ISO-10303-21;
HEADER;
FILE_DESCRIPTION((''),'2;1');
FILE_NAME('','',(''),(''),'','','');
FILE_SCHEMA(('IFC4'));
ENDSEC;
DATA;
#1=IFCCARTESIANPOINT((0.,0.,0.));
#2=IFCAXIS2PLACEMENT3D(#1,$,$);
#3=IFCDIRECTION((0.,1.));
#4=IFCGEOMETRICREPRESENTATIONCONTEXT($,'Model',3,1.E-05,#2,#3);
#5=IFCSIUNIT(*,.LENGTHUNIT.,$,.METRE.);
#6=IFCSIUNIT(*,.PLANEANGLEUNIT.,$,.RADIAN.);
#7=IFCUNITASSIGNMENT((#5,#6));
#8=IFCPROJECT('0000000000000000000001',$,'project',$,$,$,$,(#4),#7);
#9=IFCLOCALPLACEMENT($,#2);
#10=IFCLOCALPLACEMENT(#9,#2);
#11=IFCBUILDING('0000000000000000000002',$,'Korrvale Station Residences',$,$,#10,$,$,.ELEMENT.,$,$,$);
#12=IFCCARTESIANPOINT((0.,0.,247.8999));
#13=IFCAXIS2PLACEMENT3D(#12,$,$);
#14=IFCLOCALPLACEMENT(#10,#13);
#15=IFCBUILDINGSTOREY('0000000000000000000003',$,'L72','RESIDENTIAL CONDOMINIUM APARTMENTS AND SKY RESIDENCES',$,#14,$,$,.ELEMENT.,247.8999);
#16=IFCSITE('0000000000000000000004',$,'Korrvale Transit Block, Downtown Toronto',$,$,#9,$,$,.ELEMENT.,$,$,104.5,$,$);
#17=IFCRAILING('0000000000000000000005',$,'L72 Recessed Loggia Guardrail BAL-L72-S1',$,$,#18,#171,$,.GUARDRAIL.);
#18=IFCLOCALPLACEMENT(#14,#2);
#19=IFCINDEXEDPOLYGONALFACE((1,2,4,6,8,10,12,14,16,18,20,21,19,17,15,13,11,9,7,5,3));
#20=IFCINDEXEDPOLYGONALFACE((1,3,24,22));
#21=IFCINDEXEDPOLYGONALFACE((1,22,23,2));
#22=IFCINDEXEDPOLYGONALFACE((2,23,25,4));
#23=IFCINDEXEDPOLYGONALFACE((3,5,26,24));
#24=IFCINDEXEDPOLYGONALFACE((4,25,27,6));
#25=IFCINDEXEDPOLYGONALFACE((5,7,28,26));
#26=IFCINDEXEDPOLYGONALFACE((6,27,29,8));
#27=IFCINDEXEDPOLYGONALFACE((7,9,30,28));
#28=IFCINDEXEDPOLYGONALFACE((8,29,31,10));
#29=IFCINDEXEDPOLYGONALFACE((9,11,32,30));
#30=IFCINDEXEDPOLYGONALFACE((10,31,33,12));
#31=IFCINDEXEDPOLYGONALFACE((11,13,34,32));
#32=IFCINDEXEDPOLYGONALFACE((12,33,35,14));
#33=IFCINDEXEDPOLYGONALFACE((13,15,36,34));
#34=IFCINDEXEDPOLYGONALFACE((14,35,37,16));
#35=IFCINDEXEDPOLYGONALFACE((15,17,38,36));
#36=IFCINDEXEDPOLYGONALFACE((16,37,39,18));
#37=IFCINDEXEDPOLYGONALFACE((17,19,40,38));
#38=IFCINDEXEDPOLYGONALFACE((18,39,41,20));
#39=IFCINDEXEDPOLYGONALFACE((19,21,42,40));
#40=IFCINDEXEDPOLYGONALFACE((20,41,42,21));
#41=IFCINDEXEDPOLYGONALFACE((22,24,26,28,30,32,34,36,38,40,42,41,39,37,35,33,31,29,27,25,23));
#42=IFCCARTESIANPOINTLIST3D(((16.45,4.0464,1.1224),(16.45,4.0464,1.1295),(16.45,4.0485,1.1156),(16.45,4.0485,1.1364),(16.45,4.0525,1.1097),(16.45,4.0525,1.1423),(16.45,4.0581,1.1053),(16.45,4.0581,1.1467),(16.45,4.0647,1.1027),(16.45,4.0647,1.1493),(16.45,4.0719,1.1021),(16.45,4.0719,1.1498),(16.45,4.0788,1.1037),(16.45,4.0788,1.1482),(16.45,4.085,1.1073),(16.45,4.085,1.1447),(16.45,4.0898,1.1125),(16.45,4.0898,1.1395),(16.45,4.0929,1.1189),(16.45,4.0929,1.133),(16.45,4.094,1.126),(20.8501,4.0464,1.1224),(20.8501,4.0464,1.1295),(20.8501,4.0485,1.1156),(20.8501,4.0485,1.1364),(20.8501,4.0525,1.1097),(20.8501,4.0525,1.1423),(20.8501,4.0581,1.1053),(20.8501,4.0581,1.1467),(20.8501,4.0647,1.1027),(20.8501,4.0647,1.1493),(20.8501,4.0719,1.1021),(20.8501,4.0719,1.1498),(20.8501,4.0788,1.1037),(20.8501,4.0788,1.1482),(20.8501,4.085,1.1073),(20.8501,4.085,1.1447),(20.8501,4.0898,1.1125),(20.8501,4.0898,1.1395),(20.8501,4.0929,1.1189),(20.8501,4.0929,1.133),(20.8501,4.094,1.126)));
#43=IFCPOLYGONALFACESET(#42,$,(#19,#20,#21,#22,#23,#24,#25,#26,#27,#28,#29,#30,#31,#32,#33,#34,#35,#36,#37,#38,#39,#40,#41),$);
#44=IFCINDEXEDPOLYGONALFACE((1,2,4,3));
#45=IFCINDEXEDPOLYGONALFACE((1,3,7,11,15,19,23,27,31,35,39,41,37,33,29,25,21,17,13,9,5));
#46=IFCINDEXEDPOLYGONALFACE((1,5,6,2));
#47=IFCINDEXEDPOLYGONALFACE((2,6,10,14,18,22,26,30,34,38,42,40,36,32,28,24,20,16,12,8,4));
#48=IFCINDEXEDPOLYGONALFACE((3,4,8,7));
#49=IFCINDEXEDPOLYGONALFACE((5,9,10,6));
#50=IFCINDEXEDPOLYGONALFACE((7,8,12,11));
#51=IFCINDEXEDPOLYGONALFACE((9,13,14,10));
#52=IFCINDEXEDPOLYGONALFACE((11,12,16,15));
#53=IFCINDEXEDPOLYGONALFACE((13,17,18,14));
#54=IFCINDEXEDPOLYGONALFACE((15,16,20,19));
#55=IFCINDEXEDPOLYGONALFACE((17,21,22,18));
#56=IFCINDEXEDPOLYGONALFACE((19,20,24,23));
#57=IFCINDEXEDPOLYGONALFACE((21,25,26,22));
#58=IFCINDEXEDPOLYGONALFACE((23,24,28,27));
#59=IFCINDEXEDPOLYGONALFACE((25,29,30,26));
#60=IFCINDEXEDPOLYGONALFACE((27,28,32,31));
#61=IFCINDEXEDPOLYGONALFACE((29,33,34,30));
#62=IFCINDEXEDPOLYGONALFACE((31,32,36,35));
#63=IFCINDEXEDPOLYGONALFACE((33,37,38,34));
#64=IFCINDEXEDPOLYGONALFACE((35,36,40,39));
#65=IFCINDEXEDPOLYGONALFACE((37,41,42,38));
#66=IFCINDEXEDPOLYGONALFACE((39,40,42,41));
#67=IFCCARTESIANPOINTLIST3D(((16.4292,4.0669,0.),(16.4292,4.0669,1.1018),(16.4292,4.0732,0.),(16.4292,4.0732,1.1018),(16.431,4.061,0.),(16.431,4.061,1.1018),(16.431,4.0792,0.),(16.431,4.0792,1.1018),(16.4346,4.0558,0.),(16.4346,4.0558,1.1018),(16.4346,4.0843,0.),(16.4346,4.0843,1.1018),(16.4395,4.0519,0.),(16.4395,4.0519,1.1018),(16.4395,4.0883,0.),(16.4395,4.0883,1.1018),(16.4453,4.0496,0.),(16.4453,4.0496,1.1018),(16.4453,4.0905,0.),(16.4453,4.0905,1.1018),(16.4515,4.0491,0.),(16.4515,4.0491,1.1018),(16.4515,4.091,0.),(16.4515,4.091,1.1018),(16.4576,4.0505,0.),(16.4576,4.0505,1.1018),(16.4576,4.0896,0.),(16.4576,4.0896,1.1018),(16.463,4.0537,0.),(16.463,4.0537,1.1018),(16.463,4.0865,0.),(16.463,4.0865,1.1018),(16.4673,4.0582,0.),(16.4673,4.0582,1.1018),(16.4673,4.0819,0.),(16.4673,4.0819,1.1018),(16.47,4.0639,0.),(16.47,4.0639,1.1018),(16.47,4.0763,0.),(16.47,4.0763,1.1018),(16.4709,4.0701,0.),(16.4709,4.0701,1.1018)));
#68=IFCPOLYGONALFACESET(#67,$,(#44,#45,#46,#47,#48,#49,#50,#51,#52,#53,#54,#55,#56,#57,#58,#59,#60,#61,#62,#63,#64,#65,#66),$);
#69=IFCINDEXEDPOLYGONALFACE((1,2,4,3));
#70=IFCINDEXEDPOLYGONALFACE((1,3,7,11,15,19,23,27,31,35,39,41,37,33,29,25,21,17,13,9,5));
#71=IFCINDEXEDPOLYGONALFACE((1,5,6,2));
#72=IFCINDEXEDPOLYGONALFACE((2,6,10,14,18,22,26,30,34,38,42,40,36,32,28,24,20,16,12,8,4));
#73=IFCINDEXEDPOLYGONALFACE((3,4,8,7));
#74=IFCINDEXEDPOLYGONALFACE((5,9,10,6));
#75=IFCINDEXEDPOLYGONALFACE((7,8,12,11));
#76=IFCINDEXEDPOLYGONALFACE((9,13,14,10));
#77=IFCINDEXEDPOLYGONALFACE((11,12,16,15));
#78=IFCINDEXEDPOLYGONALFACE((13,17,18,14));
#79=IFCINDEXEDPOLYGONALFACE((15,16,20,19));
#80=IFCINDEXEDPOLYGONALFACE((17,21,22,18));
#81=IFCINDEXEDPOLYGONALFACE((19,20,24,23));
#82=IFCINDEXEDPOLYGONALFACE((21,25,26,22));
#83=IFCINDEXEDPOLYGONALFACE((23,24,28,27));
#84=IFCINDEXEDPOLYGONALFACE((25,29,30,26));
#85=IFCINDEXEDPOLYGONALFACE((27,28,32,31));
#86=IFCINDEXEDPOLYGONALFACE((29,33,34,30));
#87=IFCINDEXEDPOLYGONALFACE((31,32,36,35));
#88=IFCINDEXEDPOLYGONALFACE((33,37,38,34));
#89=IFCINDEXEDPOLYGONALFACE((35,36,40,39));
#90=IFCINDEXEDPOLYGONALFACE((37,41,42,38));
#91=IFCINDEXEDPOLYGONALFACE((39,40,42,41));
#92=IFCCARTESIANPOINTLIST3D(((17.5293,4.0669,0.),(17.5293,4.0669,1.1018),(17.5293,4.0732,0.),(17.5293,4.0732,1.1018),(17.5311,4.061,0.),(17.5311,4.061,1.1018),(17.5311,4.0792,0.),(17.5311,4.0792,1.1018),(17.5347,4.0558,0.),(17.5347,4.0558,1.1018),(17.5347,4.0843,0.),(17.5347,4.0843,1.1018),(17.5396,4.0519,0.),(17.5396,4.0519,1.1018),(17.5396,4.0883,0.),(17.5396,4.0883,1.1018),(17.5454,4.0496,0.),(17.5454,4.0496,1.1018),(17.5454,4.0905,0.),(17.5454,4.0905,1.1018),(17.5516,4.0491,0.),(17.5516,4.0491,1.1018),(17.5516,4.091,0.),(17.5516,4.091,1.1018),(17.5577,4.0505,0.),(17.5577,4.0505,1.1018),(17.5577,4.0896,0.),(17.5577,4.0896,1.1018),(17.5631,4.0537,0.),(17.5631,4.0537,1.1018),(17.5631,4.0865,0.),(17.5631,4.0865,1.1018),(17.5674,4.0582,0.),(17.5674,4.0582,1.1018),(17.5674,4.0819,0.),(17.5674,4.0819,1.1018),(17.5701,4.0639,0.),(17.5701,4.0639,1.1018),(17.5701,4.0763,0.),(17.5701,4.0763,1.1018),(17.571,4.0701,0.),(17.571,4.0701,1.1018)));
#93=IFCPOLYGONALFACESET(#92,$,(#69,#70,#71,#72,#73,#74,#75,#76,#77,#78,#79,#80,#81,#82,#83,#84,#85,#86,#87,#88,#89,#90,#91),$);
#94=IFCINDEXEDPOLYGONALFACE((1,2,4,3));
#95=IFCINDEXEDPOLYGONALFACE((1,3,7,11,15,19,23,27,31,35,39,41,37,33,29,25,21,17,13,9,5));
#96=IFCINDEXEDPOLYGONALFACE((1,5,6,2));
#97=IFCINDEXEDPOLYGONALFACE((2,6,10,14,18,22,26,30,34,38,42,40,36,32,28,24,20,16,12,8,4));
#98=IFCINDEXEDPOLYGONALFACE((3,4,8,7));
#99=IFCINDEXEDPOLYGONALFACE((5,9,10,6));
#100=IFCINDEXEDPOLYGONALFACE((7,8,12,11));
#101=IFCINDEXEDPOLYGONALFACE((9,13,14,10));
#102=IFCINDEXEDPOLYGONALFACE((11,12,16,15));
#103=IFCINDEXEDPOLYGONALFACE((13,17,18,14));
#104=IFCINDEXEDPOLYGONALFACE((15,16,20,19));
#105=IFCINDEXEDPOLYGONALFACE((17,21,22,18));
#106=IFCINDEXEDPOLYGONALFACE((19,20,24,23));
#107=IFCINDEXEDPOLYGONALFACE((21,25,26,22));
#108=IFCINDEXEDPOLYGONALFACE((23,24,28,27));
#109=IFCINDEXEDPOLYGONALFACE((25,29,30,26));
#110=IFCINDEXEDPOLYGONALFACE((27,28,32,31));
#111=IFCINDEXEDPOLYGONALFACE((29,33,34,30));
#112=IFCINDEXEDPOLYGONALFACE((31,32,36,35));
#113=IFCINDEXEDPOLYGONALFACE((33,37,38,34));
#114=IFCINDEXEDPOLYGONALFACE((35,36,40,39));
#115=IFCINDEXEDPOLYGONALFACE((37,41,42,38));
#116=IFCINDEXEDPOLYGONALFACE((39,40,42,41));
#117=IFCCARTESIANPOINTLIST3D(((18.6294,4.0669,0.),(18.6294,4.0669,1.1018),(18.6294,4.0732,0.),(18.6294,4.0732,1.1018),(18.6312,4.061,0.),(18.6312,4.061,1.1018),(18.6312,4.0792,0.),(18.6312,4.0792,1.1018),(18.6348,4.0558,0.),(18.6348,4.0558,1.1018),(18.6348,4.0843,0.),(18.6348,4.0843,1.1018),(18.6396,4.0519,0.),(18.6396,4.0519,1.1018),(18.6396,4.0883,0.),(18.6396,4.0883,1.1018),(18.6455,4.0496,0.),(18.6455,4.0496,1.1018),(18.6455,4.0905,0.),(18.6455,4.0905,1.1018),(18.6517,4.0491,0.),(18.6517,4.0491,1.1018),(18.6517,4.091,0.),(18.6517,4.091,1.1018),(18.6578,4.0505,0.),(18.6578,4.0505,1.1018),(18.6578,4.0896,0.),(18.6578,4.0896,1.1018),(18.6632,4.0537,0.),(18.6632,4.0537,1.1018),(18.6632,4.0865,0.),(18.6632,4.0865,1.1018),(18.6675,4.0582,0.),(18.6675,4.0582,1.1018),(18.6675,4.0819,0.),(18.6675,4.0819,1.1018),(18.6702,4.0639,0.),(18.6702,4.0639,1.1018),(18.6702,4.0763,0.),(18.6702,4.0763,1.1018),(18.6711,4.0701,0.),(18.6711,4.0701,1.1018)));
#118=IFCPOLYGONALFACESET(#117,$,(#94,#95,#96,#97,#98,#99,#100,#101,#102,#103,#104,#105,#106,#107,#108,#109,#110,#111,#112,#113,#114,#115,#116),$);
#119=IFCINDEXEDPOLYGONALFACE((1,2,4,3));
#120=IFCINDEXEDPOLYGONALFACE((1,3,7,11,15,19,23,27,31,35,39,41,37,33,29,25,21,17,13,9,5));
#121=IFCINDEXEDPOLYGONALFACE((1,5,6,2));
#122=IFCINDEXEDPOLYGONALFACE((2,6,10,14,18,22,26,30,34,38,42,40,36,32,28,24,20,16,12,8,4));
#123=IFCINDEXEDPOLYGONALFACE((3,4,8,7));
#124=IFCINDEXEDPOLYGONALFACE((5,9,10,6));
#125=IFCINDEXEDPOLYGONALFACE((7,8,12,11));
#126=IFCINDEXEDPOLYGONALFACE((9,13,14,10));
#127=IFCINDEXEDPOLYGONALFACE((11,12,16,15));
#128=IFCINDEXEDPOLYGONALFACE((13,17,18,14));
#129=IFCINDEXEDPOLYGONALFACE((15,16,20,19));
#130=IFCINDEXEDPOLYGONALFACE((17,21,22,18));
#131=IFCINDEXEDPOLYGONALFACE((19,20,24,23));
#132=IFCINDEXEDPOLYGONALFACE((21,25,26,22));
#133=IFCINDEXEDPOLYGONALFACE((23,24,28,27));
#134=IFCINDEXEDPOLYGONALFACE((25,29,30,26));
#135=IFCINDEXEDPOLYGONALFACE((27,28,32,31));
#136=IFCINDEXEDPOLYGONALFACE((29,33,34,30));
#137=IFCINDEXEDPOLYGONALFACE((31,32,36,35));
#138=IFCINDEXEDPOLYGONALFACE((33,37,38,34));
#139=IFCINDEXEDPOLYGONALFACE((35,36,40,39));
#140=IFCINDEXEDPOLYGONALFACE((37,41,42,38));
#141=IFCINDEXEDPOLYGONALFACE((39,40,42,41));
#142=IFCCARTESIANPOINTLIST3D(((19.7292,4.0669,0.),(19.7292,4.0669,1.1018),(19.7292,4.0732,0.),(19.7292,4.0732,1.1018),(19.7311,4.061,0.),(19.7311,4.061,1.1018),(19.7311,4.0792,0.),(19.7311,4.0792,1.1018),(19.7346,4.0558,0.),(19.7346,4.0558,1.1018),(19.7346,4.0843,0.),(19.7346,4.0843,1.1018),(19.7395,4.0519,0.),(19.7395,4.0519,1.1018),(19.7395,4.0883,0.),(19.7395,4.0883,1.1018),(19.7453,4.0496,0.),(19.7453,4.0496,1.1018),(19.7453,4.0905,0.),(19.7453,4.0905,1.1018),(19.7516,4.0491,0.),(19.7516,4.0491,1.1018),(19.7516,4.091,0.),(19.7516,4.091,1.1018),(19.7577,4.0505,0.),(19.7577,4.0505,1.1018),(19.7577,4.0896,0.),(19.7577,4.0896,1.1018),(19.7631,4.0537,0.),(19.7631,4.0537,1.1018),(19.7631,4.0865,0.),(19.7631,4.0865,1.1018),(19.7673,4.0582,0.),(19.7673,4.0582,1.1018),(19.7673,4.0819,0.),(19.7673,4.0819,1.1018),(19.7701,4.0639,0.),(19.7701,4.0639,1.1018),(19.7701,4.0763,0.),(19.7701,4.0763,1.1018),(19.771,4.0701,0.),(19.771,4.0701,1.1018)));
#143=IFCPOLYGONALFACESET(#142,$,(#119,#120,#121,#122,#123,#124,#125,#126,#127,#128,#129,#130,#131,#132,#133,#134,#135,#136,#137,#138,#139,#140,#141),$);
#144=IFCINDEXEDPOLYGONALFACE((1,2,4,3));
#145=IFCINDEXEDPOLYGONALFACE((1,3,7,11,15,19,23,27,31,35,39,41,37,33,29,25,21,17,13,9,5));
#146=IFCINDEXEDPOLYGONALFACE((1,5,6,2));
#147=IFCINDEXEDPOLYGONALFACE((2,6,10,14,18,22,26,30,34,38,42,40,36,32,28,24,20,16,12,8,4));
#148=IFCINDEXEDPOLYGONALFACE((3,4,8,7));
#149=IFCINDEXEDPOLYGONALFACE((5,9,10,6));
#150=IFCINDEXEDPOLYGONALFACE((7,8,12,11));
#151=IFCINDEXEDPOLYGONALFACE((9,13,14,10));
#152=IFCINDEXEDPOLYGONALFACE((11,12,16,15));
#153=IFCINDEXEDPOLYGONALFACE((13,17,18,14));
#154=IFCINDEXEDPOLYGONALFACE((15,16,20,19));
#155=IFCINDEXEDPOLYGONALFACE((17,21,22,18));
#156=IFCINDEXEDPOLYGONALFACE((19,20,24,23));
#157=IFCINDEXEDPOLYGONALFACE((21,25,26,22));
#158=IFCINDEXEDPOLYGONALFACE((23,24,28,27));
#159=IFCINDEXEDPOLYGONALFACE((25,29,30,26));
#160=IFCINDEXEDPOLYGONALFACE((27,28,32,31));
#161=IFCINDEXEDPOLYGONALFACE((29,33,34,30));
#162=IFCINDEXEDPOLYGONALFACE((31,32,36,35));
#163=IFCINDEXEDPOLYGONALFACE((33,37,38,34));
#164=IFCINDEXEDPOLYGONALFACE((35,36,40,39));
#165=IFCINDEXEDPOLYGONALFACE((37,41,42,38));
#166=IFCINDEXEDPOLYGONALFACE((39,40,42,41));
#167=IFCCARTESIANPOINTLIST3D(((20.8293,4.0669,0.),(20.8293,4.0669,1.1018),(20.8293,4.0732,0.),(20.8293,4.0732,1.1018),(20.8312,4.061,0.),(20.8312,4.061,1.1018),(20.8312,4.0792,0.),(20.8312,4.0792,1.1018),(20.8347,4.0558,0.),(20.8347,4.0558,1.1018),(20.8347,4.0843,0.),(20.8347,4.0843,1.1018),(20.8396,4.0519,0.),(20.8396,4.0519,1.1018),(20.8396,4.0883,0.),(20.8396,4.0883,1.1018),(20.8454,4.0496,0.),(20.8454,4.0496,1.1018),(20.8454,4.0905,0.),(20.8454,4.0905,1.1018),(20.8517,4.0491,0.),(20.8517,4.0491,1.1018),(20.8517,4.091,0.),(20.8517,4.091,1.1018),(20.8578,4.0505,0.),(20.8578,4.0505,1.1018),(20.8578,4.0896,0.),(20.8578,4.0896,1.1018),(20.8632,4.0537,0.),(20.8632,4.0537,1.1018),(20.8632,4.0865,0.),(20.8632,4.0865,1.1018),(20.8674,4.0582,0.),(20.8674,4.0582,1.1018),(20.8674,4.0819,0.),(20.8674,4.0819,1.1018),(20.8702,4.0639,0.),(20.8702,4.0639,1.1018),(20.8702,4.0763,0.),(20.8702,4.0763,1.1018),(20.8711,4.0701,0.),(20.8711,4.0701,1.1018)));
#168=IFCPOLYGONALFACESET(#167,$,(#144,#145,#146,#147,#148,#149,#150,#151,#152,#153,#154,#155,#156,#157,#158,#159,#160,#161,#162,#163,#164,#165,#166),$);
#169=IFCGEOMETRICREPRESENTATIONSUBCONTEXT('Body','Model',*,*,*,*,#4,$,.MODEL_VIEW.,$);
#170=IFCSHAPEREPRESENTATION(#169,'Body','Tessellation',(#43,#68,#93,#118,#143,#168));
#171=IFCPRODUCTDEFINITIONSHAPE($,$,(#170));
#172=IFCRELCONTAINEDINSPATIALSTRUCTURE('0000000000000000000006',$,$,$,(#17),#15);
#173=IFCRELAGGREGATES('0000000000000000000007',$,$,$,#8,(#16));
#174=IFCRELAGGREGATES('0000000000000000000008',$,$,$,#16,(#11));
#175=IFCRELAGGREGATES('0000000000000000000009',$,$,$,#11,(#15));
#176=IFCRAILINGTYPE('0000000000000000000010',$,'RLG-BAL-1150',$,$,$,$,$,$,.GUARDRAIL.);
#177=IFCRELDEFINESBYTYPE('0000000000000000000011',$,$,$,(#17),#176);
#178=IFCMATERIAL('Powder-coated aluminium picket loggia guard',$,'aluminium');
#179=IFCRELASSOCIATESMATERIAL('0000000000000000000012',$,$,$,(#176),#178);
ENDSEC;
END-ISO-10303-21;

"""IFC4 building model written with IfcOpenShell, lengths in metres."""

from ifc_helpers import new_model, si_unit, direction, frame, origin, origin_2d, place, context, subcontext, project, spatial, circle, extrude, material, type_object, element, save


model = new_model("IFC4")

# Units and contexts
model_context = context("Model", 3, precision=1e-05, world=origin(), true_north=direction((0.0, 1.0)))
body_context = subcontext(model_context, "Body", "Model", "MODEL_VIEW")
ifc_project = project(units=[si_unit("LENGTHUNIT", "METRE"), si_unit("PLANEANGLEUNIT", "RADIAN")], contexts=[model_context])

# Site, building, storey
site_placement = place(None, origin())
site = spatial("IfcSite", under=ifc_project, at=site_placement, Name="Korrvale Transit Block, Downtown Toronto", CompositionType="ELEMENT", RefElevation=104.5)
building_placement = place(site_placement, origin())
building = spatial("IfcBuilding", under=site, at=building_placement, Name="Korrvale Station Residences", CompositionType="ELEMENT")
storey_placement = place(building_placement, frame((0.0, 0.0, 247.8999)))
storey = spatial("IfcBuildingStorey", under=building, at=storey_placement, Name="L72", Description="RESIDENTIAL CONDOMINIUM APARTMENTS AND SKY RESIDENCES", CompositionType="ELEMENT", Elevation=247.8999)

# Railing
ifc_material_1 = material(Name="Powder-coated aluminium picket loggia guard", Category="aluminium")
railing_type = type_object("IfcRailingType", Name="RLG-BAL-1150", PredefinedType="GUARDRAIL", material=ifc_material_1)
railing_placement = place(storey_placement, frame((16.45, 4.0701, 0.0)))
element("IfcRailing", 1, at=railing_placement, inside=storey, type_object=railing_type, Name="L72 Recessed Loggia Guardrail BAL-L72-S1", PredefinedType="GUARDRAIL", context=body_context, shape_type="SweptSolid", body=[
    extrude(circle(Radius=0.0239, at=origin_2d()), frame((0.0, 0.0, 1.126), z_axis=(1.0, 0.0, 0.0), x_axis=(0.0, 1.0, 0.0)), (0.0, 0.0, 1.0), 4.4001),
    extrude(circle(Radius=0.021, at=origin_2d()), origin(), (0.0, 0.0, 1.0), 1.1018),
    extrude(circle(Radius=0.021, at=origin_2d()), frame((1.1001, 0.0, 0.0)), (0.0, 0.0, 1.0), 1.1018),
    extrude(circle(Radius=0.021, at=origin_2d()), frame((2.2002, 0.0, 0.0)), (0.0, 0.0, 1.0), 1.1018),
    extrude(circle(Radius=0.021, at=origin_2d()), frame((3.3, 0.0, 0.0)), (0.0, 0.0, 1.0), 1.1018),
    extrude(circle(Radius=0.021, at=origin_2d()), frame((4.4001, 0.0, 0.0)), (0.0, 0.0, 1.0), 1.1018),
])

save(model, "model.ifc")
